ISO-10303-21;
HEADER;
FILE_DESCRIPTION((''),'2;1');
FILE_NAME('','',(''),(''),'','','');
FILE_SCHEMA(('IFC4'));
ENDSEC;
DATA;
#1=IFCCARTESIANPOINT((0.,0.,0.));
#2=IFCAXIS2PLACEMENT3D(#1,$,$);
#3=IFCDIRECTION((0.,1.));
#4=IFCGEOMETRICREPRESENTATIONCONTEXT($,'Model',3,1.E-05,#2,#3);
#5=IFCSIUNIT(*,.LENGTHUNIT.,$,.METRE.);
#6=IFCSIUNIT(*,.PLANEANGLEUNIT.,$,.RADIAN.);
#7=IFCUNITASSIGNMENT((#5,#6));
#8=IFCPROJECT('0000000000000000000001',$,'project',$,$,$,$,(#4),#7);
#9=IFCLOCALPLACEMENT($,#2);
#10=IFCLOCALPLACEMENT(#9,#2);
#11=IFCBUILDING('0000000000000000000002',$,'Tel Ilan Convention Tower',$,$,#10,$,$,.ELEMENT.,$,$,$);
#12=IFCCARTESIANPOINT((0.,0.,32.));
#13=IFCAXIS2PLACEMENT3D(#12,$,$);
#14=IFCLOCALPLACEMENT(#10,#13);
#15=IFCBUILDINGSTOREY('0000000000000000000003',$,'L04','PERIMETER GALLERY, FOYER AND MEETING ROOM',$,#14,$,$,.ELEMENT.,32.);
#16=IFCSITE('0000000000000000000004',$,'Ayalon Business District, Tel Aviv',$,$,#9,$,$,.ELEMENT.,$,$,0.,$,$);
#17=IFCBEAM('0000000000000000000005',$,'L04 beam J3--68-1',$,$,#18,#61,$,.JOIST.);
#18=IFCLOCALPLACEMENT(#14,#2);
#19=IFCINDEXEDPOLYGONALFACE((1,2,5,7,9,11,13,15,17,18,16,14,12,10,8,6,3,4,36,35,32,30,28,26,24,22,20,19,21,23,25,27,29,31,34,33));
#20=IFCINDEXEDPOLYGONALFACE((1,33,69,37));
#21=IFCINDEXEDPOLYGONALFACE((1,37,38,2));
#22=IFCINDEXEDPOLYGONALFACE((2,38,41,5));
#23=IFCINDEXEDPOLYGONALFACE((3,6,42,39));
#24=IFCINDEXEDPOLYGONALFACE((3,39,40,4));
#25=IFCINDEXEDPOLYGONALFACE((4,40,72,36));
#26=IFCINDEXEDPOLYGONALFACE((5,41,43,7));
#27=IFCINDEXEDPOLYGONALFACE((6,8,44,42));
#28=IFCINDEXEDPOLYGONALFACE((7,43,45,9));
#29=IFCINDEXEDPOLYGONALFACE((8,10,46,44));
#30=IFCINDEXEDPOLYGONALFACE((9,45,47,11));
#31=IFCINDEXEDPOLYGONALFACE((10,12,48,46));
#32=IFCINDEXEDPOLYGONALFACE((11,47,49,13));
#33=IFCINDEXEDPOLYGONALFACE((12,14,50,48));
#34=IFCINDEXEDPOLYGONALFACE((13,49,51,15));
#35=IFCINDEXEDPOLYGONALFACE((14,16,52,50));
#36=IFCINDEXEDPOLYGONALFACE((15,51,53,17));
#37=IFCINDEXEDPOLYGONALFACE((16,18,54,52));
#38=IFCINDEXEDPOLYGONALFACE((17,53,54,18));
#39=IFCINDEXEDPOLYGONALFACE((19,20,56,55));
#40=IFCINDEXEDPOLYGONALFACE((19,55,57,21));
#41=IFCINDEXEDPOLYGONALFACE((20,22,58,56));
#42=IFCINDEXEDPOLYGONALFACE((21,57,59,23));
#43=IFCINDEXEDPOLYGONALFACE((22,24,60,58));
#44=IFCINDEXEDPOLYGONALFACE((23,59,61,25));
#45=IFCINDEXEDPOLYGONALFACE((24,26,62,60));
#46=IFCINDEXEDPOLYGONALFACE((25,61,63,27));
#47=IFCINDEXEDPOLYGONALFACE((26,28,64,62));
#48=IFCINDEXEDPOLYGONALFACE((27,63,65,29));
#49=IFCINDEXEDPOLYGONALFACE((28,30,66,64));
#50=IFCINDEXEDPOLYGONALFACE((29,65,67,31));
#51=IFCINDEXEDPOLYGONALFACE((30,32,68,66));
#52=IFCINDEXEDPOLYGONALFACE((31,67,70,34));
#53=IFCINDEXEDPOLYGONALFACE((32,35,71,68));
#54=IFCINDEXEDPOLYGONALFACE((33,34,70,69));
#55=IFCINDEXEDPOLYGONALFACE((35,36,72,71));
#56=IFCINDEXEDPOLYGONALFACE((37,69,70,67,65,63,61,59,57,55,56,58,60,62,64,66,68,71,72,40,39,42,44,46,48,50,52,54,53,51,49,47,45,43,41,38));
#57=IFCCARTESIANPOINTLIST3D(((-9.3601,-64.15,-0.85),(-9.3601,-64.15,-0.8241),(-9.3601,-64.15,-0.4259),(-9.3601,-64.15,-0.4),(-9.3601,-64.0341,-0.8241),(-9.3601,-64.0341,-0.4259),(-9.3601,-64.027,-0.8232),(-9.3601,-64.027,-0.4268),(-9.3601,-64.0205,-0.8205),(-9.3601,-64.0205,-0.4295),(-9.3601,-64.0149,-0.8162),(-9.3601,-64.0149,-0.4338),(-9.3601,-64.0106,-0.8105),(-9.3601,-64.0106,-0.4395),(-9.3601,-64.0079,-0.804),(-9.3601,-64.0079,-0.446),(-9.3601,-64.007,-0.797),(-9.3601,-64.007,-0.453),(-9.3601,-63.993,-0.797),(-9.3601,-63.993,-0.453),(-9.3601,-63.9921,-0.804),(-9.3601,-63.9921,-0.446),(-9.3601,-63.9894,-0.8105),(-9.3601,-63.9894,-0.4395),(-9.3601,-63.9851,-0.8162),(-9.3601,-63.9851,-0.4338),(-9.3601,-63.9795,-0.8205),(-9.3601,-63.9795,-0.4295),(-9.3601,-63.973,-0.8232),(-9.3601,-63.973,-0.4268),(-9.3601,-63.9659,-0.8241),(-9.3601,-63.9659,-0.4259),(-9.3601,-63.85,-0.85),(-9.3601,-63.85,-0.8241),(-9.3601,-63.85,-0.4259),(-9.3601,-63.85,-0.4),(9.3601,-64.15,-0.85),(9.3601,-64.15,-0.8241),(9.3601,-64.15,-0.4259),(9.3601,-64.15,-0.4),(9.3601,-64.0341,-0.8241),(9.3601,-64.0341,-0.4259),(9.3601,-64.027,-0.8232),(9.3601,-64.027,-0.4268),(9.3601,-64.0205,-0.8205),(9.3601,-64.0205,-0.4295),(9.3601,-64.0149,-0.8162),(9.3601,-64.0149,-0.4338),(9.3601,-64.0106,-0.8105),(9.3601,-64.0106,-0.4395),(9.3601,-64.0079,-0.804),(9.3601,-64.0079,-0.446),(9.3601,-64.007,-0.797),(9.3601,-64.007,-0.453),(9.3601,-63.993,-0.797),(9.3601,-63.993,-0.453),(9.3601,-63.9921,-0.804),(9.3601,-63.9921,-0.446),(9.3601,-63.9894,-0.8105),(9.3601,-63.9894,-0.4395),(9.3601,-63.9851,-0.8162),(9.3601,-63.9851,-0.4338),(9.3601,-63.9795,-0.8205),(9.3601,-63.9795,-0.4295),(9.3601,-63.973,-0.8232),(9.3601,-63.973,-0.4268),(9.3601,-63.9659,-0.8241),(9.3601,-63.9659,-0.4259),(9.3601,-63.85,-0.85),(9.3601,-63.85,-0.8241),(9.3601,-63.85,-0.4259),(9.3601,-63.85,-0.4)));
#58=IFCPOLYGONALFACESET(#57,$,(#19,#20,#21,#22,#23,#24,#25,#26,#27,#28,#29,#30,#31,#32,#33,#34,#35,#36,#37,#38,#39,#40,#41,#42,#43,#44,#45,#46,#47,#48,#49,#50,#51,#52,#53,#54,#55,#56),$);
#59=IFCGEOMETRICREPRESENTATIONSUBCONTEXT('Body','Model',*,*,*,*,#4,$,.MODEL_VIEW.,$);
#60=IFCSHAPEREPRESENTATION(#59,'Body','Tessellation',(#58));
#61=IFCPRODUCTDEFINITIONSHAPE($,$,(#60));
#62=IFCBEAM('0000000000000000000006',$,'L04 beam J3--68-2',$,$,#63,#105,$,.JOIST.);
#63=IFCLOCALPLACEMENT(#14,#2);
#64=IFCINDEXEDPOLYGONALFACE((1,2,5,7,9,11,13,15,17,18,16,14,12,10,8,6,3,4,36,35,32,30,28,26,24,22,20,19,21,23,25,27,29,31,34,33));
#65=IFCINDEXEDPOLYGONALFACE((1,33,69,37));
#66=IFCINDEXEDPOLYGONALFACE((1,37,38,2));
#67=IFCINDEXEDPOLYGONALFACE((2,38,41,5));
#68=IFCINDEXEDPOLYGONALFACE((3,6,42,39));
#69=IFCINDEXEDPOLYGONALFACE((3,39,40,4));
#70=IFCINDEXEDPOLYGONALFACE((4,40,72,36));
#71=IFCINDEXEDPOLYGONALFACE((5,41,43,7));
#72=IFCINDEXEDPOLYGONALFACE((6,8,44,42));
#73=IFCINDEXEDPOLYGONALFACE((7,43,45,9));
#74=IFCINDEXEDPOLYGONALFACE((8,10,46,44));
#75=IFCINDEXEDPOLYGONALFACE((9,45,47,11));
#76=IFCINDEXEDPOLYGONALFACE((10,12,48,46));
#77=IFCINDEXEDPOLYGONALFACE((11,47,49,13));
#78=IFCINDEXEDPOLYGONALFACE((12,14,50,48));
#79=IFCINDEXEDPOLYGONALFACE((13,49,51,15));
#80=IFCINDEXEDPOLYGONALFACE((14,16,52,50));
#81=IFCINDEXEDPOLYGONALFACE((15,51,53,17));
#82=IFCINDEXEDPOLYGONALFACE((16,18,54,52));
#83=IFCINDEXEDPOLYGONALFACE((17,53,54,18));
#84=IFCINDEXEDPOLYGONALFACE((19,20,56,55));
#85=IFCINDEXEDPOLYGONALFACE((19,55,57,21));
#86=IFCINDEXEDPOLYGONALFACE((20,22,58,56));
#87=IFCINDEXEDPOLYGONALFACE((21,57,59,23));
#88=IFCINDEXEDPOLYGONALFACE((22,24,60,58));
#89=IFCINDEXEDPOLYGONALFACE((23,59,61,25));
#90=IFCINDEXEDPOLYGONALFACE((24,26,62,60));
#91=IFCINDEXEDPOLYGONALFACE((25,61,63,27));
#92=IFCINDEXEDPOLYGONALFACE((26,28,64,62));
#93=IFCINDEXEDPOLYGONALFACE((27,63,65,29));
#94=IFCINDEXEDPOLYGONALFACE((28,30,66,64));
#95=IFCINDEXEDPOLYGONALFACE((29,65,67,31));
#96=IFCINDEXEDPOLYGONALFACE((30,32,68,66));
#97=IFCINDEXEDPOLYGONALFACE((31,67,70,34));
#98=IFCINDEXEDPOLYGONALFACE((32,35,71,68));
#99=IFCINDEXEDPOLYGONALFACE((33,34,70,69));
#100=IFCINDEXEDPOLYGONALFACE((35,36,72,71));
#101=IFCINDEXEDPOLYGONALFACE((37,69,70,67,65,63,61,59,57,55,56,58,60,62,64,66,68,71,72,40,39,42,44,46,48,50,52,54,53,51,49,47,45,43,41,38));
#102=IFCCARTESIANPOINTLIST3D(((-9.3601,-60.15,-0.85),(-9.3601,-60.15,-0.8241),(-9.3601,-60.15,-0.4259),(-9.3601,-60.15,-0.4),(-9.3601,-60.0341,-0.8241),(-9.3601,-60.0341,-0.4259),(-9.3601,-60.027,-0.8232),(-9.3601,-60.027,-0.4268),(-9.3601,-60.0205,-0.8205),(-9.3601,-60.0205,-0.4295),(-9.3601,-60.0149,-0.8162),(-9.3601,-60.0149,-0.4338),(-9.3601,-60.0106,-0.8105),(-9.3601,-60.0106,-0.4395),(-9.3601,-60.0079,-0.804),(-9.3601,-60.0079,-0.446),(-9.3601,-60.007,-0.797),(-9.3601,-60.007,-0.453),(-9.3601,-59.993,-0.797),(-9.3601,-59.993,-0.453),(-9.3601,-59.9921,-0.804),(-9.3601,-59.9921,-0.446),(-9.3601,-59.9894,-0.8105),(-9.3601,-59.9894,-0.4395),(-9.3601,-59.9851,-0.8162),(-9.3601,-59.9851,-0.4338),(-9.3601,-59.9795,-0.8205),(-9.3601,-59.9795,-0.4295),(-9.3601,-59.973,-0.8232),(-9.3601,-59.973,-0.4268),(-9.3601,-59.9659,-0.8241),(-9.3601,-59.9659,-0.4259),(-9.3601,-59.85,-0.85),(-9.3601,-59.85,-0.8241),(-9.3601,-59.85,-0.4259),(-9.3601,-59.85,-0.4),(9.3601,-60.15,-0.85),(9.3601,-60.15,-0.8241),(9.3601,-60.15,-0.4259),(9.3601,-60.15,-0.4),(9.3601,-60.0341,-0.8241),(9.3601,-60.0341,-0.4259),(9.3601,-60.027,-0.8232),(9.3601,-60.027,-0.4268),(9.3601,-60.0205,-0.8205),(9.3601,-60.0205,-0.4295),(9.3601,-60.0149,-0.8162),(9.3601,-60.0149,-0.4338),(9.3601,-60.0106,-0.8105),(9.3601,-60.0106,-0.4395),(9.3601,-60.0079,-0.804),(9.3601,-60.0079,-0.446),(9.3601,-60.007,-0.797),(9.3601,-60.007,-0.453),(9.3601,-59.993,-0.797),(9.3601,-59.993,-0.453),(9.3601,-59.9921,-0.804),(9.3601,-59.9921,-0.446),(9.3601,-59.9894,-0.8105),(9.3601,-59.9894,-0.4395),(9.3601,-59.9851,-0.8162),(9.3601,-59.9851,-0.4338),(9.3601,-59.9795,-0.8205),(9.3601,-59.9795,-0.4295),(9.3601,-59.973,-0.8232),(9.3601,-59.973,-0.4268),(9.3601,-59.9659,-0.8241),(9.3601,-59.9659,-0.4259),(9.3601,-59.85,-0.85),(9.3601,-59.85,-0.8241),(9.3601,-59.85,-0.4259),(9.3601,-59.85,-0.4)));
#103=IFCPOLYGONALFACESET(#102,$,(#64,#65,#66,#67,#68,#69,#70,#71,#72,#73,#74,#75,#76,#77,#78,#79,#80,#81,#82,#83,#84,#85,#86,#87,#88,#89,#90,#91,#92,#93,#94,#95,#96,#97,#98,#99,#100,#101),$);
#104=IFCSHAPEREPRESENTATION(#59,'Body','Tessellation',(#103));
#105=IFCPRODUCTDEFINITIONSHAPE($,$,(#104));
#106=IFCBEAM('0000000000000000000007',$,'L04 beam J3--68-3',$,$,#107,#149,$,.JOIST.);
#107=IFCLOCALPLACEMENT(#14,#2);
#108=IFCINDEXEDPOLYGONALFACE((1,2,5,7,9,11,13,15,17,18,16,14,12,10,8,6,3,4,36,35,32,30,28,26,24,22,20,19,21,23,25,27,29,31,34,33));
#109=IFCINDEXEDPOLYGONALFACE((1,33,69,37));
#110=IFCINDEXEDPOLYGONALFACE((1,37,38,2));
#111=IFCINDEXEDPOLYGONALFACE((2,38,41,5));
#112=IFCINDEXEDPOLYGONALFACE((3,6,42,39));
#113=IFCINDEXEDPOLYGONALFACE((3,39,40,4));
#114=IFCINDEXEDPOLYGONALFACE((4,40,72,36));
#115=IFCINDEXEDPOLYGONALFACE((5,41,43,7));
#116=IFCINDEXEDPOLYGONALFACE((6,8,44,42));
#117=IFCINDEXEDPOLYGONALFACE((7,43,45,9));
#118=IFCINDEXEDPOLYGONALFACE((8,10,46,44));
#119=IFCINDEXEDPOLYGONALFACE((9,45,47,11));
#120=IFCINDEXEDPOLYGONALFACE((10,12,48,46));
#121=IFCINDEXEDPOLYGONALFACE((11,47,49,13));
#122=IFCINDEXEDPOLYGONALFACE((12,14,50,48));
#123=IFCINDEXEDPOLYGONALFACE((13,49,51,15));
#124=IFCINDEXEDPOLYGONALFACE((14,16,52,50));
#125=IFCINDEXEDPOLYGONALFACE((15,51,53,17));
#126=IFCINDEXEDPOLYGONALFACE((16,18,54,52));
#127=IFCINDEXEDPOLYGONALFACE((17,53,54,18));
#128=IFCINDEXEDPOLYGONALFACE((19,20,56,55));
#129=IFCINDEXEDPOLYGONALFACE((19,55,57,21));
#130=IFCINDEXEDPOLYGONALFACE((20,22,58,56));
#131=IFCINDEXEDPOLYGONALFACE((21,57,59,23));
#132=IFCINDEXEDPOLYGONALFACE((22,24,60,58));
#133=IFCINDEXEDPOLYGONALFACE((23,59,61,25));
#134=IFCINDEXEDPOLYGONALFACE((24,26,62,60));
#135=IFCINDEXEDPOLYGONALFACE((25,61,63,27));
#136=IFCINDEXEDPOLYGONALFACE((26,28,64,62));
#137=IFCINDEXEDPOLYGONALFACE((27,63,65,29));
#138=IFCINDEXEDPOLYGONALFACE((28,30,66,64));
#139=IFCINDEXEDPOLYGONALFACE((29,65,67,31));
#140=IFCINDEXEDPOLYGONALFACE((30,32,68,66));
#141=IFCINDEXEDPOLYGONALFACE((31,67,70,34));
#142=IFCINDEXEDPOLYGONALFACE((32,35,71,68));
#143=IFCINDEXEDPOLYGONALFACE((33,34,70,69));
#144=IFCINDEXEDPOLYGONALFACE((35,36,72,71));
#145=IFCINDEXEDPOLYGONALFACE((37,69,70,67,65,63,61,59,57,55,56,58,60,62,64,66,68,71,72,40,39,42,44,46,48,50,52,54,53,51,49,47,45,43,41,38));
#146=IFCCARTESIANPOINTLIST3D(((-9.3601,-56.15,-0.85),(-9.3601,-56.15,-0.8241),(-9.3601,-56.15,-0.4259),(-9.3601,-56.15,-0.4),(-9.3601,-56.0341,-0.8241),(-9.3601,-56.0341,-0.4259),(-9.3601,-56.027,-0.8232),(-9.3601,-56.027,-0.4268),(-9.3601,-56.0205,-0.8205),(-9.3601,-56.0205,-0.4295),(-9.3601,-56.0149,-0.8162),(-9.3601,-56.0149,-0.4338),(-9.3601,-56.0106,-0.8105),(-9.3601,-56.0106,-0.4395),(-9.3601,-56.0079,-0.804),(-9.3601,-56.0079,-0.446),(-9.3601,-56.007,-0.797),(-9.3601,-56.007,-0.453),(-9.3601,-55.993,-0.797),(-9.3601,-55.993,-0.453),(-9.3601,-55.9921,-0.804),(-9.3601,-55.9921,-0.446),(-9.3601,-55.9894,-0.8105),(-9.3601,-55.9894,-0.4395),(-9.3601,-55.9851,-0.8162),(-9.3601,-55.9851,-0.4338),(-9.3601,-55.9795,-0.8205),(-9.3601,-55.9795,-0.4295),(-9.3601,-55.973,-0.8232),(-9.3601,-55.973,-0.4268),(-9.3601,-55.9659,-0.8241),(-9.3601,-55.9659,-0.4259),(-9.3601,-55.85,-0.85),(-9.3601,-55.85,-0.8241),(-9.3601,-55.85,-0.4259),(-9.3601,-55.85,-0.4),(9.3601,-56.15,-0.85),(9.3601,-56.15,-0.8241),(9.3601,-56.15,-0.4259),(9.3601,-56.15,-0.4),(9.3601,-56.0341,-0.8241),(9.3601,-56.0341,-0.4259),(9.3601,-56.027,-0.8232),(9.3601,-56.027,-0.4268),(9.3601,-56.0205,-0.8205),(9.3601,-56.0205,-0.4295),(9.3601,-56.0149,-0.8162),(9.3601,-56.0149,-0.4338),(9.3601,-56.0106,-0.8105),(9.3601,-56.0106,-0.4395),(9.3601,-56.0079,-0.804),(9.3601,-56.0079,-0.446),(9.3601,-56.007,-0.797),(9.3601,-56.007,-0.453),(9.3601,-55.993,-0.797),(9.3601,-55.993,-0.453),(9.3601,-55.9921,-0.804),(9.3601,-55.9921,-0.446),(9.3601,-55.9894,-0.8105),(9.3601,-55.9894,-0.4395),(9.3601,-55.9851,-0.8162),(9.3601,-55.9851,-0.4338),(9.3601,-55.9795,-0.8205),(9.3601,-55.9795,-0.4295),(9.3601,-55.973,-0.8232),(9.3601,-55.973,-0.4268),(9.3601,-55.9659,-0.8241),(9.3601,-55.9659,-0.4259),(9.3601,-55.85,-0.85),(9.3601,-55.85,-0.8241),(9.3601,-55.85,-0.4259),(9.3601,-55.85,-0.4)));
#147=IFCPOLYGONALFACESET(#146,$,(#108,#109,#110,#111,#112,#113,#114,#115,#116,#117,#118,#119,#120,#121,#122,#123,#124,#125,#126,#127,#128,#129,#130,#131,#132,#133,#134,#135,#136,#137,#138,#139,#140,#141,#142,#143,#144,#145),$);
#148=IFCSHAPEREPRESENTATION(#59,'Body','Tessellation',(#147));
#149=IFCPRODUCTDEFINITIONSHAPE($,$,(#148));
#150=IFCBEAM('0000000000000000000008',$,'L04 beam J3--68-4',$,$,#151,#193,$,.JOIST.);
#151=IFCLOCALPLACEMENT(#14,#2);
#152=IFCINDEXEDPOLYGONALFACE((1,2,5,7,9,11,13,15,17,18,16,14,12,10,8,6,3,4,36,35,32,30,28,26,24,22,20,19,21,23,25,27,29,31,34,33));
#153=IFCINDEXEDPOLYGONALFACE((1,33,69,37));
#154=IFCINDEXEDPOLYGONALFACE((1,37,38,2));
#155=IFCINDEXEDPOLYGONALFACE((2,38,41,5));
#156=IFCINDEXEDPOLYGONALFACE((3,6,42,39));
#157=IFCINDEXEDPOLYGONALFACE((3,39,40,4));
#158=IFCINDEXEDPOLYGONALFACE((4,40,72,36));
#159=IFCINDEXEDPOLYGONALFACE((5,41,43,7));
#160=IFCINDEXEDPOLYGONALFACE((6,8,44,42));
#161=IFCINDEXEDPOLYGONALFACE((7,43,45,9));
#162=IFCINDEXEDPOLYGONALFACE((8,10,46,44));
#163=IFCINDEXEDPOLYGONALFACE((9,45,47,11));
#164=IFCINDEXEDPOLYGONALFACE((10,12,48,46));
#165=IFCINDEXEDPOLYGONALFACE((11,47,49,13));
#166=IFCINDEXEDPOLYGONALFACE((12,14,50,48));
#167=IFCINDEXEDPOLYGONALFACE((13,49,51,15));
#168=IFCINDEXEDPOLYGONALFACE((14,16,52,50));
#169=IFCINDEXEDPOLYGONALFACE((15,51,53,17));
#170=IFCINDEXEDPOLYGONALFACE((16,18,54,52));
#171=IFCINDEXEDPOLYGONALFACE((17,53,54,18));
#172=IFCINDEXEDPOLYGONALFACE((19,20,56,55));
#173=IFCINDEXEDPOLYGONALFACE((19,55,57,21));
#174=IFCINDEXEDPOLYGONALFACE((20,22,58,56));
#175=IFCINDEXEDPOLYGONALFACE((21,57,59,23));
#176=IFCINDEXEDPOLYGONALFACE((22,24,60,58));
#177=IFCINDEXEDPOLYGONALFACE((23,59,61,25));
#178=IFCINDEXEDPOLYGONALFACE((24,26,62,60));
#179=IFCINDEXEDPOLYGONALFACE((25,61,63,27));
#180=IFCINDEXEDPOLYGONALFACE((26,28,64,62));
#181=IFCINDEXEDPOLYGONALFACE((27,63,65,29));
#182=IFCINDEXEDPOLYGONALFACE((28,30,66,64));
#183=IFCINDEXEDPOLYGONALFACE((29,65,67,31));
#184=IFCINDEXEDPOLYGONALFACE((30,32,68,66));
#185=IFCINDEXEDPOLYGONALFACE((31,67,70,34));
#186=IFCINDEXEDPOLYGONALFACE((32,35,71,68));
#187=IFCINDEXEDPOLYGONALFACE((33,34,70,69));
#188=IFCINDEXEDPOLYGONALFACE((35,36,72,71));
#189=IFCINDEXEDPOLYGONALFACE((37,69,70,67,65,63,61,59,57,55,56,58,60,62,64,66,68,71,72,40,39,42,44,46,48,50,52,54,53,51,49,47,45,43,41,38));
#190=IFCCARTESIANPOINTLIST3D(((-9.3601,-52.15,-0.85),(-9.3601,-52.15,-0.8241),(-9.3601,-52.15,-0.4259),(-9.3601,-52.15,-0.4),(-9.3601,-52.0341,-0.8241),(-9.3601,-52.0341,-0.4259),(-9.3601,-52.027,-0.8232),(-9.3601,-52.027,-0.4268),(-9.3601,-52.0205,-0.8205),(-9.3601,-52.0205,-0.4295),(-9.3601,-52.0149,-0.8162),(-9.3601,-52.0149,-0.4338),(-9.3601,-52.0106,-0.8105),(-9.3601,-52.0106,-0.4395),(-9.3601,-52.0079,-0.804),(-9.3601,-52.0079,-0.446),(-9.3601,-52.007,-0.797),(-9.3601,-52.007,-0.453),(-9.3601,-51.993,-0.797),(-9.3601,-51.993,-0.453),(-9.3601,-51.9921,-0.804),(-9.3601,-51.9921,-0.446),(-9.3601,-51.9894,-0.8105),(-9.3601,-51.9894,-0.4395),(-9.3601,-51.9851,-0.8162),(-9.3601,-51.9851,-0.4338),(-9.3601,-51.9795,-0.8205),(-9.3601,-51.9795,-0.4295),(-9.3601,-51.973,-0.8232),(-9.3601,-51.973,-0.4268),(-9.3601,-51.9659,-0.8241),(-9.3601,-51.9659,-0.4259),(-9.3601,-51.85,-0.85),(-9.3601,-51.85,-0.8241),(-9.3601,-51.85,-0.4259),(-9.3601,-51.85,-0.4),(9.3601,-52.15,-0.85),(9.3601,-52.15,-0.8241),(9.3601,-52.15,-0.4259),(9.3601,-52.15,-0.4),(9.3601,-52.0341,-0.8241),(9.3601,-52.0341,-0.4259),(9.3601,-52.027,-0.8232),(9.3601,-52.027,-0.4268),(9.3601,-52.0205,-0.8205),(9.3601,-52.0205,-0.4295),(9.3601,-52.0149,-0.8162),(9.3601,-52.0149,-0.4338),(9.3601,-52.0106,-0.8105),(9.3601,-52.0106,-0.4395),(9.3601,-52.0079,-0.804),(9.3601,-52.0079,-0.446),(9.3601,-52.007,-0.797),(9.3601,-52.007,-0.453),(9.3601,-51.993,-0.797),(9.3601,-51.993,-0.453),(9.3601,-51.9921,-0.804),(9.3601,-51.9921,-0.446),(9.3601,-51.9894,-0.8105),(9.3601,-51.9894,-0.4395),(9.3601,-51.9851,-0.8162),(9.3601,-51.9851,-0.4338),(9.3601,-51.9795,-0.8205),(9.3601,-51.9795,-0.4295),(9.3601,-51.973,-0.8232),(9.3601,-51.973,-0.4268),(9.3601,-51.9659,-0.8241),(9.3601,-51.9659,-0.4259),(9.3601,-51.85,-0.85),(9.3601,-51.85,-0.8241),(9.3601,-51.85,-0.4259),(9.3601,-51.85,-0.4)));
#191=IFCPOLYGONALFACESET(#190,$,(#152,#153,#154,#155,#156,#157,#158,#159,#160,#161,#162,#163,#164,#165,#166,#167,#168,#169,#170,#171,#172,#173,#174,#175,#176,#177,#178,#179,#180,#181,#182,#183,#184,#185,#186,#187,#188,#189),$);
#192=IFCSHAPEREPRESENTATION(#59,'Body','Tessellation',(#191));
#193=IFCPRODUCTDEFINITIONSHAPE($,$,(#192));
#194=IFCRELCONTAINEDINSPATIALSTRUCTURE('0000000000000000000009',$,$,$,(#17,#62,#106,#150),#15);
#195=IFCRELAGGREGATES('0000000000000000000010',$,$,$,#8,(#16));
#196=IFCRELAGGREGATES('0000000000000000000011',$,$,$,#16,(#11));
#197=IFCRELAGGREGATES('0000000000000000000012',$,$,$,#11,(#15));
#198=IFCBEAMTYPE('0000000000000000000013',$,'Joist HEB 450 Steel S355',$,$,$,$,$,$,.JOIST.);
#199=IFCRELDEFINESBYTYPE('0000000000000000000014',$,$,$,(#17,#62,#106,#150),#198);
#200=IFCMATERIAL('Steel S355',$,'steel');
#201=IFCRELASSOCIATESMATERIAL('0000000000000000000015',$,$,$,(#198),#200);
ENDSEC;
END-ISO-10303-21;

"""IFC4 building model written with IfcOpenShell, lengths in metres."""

from ifc_helpers import new_model, si_unit, direction, frame, origin, origin_2d, place, context, subcontext, project, spatial, i_section, extrude, material, material_profile, profile_set, type_object, element, save


model = new_model("IFC4")

# Units and contexts
model_context = context("Model", 3, precision=1e-05, world=origin(), true_north=direction((0.0, 1.0)))
body_context = subcontext(model_context, "Body", "Model", "MODEL_VIEW")
ifc_project = project(units=[si_unit("LENGTHUNIT", "METRE"), si_unit("PLANEANGLEUNIT", "RADIAN")], contexts=[model_context])

# Site, building, storey
site_placement = place(None, origin())
site = spatial("IfcSite", under=ifc_project, at=site_placement, Name="Ayalon Business District, Tel Aviv", CompositionType="ELEMENT", RefElevation=0.0)
building_placement = place(site_placement, origin())
building = spatial("IfcBuilding", under=site, at=building_placement, Name="Tel Ilan Convention Tower", CompositionType="ELEMENT")
storey_placement = place(building_placement, frame((0.0, 0.0, 32.0)))
storey = spatial("IfcBuildingStorey", under=building, at=storey_placement, Name="L04", Description="PERIMETER GALLERY, FOYER AND MEETING ROOM", CompositionType="ELEMENT", Elevation=32.0)

# Beams
ifc_material_1 = material(Name="Steel S355", Category="steel")
ifc_material_profile_1 = material_profile(ifc_material_1, i_section(OverallWidth=0.3, OverallDepth=0.45, WebThickness=0.0139, FlangeThickness=0.0259, FilletRadius=0.0271, at=origin_2d()), Name="HEB 450")
ifc_profile_set_1 = profile_set([ifc_material_profile_1], Name="Steel S355")
beam_type_1 = type_object("IfcBeamType", Name="Joist HEB 450 Steel S355", PredefinedType="JOIST", material=ifc_profile_set_1)
for number, where, z_axis, x_axis, name in (
    (1, (-9.3601, -64.0, -0.625), (1.0, 0.0, 0.0), (0.0, 1.0, 0.0), "L04 beam J3--68-1"),
    (2, (-9.3601, -60.0, -0.625), (1.0, 0.0, 0.0), (0.0, 1.0, 0.0), "L04 beam J3--68-2"),
    (3, (-9.3601, -56.0, -0.625), (1.0, 0.0, 0.0), (0.0, 1.0, 0.0), "L04 beam J3--68-3"),
    (4, (-9.3601, -52.0, -0.625), (1.0, 0.0, 0.0), (0.0, 1.0, 0.0), "L04 beam J3--68-4"),
):
    element("IfcBeam", number, at=place(storey_placement, frame(where, z_axis=z_axis, x_axis=x_axis)), inside=storey, type_object=beam_type_1, Name=name, PredefinedType="JOIST", context=body_context, shape_type="SweptSolid", body=[
        extrude(i_section(OverallWidth=0.3, OverallDepth=0.45, WebThickness=0.0139, FlangeThickness=0.0259, FilletRadius=0.0271, at=origin_2d()), origin(), (0.0, 0.0, 1.0), 18.7202),
    ])

save(model, "model.ifc")
